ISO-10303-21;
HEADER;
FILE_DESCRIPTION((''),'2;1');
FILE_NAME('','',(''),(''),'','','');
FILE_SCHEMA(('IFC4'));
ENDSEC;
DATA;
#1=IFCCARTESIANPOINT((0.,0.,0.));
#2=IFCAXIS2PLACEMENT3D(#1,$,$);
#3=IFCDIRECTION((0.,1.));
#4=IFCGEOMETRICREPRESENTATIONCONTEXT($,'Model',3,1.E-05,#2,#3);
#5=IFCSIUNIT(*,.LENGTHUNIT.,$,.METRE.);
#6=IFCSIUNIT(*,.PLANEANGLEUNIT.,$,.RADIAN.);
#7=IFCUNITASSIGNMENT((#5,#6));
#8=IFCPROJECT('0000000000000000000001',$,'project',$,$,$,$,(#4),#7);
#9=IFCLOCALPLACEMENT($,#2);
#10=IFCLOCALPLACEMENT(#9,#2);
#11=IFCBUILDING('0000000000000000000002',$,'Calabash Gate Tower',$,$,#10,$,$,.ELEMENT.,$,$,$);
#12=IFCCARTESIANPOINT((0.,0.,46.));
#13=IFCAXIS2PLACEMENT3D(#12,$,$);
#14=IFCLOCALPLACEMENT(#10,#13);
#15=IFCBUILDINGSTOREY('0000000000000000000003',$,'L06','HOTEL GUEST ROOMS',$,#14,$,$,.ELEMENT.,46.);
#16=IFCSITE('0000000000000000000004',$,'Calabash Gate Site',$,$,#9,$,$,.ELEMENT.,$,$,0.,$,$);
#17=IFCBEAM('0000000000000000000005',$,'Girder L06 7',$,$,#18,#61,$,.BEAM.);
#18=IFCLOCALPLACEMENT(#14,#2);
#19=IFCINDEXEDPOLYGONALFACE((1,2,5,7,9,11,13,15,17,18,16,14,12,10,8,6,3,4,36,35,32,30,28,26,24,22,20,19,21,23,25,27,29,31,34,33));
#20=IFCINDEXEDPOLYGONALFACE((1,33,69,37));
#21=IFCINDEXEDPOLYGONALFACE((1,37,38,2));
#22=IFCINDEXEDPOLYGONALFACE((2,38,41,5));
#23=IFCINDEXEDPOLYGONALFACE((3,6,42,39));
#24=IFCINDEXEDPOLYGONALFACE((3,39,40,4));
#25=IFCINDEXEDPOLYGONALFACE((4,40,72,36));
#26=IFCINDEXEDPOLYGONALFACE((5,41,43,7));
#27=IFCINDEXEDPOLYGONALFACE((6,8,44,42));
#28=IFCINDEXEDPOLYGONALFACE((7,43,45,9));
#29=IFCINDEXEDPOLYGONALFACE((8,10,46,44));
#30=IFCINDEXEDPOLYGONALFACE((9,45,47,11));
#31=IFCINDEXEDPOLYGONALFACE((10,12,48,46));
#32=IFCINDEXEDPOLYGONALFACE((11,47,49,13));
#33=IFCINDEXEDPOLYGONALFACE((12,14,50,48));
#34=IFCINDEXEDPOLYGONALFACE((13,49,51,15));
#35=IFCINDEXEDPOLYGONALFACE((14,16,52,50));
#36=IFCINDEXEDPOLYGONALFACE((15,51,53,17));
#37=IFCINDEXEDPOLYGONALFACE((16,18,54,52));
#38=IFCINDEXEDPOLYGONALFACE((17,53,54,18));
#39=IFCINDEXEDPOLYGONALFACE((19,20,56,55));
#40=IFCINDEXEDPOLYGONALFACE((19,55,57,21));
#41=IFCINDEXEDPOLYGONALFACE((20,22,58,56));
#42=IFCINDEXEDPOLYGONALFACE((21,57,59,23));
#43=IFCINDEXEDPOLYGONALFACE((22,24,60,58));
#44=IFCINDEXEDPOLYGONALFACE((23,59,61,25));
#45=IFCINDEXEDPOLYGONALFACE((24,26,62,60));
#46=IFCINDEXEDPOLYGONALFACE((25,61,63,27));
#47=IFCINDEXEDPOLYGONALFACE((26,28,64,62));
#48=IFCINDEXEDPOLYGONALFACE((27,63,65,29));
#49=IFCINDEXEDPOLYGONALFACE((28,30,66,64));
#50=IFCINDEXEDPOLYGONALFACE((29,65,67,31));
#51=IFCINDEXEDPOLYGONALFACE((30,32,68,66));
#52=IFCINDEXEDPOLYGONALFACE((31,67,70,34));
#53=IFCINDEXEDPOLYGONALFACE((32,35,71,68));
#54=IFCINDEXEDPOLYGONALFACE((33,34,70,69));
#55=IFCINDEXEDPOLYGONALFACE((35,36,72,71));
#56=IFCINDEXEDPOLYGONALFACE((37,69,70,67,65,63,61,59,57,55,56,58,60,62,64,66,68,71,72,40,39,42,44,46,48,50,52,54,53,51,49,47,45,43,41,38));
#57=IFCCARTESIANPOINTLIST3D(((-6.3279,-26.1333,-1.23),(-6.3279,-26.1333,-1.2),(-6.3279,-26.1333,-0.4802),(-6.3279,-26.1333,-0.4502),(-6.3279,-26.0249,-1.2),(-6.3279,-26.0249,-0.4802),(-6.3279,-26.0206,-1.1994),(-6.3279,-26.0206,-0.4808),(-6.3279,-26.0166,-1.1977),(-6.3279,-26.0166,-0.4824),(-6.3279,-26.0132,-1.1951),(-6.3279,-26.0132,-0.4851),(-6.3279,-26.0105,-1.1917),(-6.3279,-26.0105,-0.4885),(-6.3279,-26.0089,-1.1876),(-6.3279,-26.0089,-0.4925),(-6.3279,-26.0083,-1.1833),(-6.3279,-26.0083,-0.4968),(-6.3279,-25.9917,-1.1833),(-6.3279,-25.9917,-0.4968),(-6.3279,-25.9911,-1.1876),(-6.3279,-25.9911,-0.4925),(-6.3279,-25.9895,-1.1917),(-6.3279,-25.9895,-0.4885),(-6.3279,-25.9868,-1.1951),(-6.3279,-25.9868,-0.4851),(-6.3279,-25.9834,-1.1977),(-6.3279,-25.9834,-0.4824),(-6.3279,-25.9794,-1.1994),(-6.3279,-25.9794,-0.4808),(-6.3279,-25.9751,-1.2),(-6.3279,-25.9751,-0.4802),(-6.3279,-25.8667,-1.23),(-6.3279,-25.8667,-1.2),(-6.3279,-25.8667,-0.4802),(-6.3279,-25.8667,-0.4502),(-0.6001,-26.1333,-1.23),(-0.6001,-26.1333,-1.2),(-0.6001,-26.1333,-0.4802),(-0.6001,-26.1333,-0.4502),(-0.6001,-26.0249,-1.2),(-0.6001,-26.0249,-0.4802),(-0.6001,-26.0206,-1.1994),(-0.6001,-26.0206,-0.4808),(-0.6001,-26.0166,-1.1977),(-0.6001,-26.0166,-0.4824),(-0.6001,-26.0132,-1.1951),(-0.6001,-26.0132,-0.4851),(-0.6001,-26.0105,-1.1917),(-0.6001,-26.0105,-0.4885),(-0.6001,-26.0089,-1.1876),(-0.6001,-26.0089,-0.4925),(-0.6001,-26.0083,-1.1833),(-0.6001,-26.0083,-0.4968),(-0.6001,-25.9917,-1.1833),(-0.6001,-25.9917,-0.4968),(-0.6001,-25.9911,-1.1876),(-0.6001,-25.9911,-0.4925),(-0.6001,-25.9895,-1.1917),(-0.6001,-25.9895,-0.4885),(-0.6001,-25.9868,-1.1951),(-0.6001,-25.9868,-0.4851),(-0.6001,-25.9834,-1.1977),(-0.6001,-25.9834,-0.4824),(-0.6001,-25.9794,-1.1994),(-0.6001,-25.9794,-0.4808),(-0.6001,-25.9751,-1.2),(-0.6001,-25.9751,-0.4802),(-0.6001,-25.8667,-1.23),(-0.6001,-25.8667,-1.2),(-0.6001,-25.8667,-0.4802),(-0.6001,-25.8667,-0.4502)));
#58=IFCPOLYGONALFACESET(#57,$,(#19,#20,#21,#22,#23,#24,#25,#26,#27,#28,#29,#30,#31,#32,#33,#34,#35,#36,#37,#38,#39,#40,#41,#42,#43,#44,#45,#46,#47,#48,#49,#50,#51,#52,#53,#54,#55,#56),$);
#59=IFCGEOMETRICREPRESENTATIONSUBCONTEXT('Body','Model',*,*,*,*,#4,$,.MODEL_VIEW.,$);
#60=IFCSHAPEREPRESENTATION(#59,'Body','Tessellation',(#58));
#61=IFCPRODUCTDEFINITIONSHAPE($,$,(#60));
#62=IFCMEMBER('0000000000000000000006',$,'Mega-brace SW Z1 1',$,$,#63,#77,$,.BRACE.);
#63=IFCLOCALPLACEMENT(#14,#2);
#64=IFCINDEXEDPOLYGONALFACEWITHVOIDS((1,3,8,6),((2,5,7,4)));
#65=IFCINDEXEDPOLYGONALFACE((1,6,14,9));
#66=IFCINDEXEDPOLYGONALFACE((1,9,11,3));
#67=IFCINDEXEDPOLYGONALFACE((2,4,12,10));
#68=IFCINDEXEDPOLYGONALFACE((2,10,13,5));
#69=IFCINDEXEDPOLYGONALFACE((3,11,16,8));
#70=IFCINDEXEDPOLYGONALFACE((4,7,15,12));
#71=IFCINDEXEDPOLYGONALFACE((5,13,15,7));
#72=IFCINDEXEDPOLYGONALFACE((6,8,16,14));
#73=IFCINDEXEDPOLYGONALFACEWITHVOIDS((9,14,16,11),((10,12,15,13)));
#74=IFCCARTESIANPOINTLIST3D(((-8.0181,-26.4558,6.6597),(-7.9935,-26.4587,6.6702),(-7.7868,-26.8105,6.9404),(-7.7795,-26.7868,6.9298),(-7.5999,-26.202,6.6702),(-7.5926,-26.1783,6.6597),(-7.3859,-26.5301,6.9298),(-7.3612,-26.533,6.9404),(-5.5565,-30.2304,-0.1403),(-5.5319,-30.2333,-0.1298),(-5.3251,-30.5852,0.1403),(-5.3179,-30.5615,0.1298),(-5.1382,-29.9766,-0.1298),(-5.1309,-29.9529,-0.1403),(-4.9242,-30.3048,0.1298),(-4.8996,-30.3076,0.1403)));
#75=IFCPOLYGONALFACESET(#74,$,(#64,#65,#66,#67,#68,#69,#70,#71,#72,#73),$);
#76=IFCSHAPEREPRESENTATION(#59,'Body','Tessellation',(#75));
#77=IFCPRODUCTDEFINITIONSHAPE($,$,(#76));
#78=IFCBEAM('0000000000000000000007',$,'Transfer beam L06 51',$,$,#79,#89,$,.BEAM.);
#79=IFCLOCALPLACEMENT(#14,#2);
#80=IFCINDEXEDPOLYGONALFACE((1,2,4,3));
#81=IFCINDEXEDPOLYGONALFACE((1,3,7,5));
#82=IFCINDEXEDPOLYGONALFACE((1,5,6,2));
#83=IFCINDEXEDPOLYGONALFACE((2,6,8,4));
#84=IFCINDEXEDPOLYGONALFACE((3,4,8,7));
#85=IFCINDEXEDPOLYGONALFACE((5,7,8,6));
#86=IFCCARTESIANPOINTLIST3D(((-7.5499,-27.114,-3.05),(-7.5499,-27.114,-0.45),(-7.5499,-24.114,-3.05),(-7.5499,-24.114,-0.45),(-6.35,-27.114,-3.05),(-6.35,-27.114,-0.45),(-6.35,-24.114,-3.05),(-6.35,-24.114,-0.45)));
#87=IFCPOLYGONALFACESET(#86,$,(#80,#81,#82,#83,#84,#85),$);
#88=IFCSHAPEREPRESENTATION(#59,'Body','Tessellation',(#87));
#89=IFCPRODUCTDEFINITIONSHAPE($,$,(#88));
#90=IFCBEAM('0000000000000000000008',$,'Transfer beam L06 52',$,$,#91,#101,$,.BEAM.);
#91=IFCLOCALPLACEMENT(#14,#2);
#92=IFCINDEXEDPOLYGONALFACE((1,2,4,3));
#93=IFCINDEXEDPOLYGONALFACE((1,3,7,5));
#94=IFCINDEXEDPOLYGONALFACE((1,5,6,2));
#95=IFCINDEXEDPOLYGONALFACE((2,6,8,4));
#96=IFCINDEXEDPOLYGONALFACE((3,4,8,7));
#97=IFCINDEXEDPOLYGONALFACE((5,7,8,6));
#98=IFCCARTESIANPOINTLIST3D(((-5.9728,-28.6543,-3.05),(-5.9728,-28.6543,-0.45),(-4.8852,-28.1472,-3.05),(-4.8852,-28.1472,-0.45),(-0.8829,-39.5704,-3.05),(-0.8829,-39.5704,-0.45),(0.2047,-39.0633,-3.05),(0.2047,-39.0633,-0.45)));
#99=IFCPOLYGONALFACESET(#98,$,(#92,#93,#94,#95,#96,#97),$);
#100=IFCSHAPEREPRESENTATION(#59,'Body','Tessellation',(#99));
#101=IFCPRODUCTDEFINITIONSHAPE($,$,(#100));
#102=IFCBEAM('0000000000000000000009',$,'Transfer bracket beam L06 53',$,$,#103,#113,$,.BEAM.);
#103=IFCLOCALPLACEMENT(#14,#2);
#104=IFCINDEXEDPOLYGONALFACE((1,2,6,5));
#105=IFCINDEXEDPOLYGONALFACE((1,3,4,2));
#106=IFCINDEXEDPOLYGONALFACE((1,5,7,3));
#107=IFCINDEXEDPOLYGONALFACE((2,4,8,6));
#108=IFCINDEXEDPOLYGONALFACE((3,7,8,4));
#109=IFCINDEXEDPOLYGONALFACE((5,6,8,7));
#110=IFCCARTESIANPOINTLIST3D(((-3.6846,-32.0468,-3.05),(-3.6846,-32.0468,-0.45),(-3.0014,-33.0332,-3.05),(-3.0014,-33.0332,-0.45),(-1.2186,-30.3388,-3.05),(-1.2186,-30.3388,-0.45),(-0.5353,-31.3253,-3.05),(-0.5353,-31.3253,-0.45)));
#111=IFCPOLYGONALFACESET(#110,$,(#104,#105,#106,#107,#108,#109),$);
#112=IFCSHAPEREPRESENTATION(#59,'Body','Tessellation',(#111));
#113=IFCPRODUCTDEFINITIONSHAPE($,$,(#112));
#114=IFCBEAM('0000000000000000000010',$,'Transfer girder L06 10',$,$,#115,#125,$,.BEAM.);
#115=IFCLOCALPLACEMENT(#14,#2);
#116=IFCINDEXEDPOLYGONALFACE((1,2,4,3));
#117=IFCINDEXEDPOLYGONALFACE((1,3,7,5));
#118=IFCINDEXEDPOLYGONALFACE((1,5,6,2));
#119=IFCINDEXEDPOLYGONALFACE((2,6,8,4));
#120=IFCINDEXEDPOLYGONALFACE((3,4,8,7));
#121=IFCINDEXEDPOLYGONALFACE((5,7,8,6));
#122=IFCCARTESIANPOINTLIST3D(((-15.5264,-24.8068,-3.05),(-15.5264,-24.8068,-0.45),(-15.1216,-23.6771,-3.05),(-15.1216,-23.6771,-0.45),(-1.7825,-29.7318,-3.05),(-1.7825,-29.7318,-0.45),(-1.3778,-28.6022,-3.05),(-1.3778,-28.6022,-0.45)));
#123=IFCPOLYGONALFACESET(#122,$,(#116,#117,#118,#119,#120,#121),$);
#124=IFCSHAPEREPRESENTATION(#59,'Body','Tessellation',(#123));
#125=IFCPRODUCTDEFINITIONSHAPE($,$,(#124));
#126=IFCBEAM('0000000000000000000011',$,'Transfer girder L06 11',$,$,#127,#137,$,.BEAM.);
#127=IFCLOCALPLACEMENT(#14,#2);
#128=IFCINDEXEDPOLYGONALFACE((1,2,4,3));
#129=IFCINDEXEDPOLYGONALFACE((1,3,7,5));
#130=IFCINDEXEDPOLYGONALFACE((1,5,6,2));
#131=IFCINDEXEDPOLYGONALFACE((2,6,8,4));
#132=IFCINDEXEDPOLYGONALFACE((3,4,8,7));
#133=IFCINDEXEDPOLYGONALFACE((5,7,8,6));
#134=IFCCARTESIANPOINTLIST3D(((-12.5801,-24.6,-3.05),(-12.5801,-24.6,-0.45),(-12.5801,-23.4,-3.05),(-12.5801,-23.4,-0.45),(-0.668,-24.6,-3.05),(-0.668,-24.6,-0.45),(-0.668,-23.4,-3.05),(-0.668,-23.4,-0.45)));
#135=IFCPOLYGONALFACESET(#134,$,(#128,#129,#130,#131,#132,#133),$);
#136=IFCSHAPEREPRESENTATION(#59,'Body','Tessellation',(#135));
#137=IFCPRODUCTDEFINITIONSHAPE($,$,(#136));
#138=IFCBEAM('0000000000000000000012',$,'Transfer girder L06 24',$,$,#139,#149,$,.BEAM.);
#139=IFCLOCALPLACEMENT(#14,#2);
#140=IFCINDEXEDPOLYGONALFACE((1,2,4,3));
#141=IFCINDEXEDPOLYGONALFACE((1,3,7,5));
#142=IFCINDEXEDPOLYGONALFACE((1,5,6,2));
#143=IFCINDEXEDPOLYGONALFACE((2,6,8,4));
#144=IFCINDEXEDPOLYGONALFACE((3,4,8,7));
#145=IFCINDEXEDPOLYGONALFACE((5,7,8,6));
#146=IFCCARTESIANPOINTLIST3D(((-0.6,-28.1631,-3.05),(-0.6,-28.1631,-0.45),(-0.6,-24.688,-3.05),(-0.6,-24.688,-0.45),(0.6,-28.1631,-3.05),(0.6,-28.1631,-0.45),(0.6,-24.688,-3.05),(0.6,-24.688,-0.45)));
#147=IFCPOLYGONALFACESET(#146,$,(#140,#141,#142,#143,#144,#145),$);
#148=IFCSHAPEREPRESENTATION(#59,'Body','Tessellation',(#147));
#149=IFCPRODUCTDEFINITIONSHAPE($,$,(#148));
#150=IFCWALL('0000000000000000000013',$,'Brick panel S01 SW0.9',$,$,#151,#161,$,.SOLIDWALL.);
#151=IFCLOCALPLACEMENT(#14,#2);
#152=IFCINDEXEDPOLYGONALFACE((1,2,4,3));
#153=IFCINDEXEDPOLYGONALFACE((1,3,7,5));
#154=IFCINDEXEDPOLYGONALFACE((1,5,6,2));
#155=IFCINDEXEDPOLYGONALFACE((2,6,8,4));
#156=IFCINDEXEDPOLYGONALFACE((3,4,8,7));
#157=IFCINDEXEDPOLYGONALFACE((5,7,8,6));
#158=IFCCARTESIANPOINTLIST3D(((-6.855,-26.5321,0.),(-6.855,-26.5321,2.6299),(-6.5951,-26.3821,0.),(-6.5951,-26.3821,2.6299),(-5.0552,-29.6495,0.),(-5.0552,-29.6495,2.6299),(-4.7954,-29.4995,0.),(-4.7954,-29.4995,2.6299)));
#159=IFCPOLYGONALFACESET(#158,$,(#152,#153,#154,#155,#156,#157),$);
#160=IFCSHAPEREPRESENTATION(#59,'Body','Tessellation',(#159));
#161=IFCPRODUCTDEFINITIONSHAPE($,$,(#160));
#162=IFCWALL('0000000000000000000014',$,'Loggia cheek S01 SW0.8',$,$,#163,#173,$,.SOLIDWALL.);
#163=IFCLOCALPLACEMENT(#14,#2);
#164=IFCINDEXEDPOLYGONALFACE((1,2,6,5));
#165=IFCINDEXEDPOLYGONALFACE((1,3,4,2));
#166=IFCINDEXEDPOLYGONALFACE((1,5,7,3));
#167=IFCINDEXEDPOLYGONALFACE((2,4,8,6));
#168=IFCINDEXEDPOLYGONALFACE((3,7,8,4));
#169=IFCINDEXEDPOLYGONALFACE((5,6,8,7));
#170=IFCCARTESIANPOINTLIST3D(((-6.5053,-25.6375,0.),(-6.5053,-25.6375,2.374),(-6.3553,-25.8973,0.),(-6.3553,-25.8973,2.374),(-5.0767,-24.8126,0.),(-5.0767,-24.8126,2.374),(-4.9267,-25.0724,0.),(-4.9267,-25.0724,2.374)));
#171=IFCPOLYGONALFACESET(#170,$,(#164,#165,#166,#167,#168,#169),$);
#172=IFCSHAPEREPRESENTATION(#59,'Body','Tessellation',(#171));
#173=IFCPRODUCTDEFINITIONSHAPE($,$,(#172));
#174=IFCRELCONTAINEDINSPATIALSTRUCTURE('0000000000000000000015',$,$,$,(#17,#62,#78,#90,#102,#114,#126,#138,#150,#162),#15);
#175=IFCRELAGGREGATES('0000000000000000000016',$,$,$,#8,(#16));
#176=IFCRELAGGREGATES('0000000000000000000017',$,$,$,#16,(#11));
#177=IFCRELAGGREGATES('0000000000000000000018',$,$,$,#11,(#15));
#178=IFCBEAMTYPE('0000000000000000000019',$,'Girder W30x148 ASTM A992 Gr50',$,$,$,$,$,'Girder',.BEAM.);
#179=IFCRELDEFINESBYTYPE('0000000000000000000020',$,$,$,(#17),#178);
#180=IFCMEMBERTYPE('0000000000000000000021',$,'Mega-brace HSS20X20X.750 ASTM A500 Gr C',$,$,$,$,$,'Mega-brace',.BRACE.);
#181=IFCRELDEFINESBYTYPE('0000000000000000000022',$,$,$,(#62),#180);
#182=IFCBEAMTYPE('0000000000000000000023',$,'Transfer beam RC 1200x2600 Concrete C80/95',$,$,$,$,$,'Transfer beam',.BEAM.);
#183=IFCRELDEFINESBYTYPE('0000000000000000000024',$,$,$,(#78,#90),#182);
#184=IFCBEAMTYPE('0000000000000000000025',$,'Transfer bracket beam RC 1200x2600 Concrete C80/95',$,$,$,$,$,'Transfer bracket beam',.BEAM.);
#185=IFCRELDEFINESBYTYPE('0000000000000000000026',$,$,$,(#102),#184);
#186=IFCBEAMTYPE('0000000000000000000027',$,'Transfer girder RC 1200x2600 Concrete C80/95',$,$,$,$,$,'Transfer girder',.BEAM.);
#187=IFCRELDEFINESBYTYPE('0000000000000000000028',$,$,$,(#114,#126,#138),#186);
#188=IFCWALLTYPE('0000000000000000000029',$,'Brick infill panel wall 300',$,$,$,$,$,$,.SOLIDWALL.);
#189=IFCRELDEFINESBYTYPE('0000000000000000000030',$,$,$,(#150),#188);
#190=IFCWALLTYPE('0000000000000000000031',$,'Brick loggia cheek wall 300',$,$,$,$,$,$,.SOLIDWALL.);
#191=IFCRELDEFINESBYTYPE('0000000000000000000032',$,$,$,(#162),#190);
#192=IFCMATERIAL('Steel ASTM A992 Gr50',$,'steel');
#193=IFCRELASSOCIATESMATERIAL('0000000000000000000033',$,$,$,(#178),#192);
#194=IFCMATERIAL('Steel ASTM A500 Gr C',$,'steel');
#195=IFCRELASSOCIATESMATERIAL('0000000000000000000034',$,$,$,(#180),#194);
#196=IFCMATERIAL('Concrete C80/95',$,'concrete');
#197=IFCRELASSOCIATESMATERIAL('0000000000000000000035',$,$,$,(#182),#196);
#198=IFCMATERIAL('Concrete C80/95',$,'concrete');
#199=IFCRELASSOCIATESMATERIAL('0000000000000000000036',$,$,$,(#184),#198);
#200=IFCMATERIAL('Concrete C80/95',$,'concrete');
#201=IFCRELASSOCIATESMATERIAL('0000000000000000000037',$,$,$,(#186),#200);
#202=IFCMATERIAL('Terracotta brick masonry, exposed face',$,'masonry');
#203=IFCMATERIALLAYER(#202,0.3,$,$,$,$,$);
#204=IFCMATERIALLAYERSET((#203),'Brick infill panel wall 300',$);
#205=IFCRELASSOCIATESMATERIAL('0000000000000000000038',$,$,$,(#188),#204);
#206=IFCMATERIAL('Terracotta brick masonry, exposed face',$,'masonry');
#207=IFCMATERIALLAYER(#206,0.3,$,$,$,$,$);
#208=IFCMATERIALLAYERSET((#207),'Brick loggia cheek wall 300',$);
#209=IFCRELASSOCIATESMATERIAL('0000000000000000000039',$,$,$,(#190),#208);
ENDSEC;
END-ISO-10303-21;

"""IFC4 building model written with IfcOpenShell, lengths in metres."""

from ifc_helpers import new_model, si_unit, direction, frame, frame_2d, origin, origin_2d, place, context, subcontext, project, spatial, rectangle, hollow_rectangle, i_section, extrude, material, layer, layer_set, material_profile, profile_set, type_object, element, save


model = new_model("IFC4")

# Units and contexts
model_context = context("Model", 3, precision=1e-05, world=origin(), true_north=direction((0.0, 1.0)))
body_context = subcontext(model_context, "Body", "Model", "MODEL_VIEW")
ifc_project = project(units=[si_unit("LENGTHUNIT", "METRE"), si_unit("PLANEANGLEUNIT", "RADIAN")], contexts=[model_context])

# Site, building, storey
site_placement = place(None, origin())
site = spatial("IfcSite", under=ifc_project, at=site_placement, Name="Calabash Gate Site", CompositionType="ELEMENT", RefElevation=0.0)
building_placement = place(site_placement, origin())
building = spatial("IfcBuilding", under=site, at=building_placement, Name="Calabash Gate Tower", CompositionType="ELEMENT")
storey_placement = place(building_placement, frame((0.0, 0.0, 46.0)))
storey = spatial("IfcBuildingStorey", under=building, at=storey_placement, Name="L06", Description="HOTEL GUEST ROOMS", CompositionType="ELEMENT", Elevation=46.0)

# Beam
ifc_material_1 = material(Name="Steel ASTM A992 Gr50", Category="steel")
ifc_material_profile_1 = material_profile(ifc_material_1, i_section(OverallWidth=0.2666, OverallDepth=0.7798, WebThickness=0.0166, FlangeThickness=0.03, FilletRadius=0.0166, at=origin_2d()))
ifc_profile_set_1 = profile_set([ifc_material_profile_1], Name="Steel ASTM A992 Gr50")
beam_type_1 = type_object("IfcBeamType", Name="Girder W30x148 ASTM A992 Gr50", ElementType="Girder", PredefinedType="BEAM", material=ifc_profile_set_1)
beam_1_placement = place(storey_placement, frame((-6.3279, -26.0, -0.8401), z_axis=(1.0, 0.0, 0.0), x_axis=(0.0, 1.0, 0.0)))
element("IfcBeam", 1, at=beam_1_placement, inside=storey, type_object=beam_type_1, Name="Girder L06 7", PredefinedType="BEAM", context=body_context, shape_type="SweptSolid", body=[
    extrude(i_section(OverallWidth=0.2666, OverallDepth=0.7798, WebThickness=0.0166, FlangeThickness=0.03, FilletRadius=0.0166, at=origin_2d()), origin(), (0.0, 0.0, 1.0), 5.7278),
])

# Member
ifc_material_2 = material(Name="Steel ASTM A500 Gr C", Category="steel")
ifc_material_profile_2 = material_profile(ifc_material_2, hollow_rectangle(XDim=0.5081, YDim=0.5081, WallThickness=0.019, at=origin_2d()))
ifc_profile_set_2 = profile_set([ifc_material_profile_2], Name="Steel ASTM A500 Gr C")
member_type = type_object("IfcMemberType", Name="Mega-brace HSS20X20X.750 ASTM A500 Gr C", ElementType="Mega-brace", PredefinedType="BRACE", material=ifc_profile_set_2)
member_placement = place(storey_placement, frame((-5.228, -30.269, 0.0), z_axis=(-0.301759, 0.462709, 0.833571), x_axis=(-0.837617, -0.546258, 0.0)))
element("IfcMember", 2, at=member_placement, inside=storey, type_object=member_type, Name="Mega-brace SW Z1 1", PredefinedType="BRACE", context=body_context, shape_type="SweptSolid", body=[
    extrude(hollow_rectangle(XDim=0.5081, YDim=0.5081, WallThickness=0.019, at=origin_2d()), origin(), (0.0, 0.0, 1.0), 8.1577),
])

# Beams
ifc_material_3 = material(Name="Concrete C80/95", Category="concrete")
ifc_material_profile_3 = material_profile(ifc_material_3, rectangle(XDim=1.2, YDim=2.6001, at=origin_2d()))
ifc_profile_set_3 = profile_set([ifc_material_profile_3], Name="Concrete C80/95")
beam_type_2 = type_object("IfcBeamType", Name="Transfer beam RC 1200x2600 Concrete C80/95", ElementType="Transfer beam", PredefinedType="BEAM", material=ifc_profile_set_3)
beam_2_placement = place(storey_placement, frame((-6.95, -27.114, -1.75), z_axis=(0.0, 1.0, 0.0), x_axis=(-1.0, 0.0, 0.0)))
element("IfcBeam", 3, at=beam_2_placement, inside=storey, type_object=beam_type_2, Name="Transfer beam L06 51", PredefinedType="BEAM", context=body_context, shape_type="SweptSolid", body=[
    extrude(rectangle(XDim=1.2, YDim=2.6001, at=origin_2d()), origin(), (0.0, 0.0, 1.0), 3.0),
])
beam_3_placement = place(storey_placement, frame((-0.3391, -39.3169, -1.75), z_axis=(-0.422592, 0.90632, 0.0), x_axis=(-0.90632, -0.422592, 0.0)))
element("IfcBeam", 4, at=beam_3_placement, inside=storey, type_object=beam_type_2, Name="Transfer beam L06 52", PredefinedType="BEAM", context=body_context, shape_type="SweptSolid", body=[
    extrude(rectangle(XDim=1.2, YDim=2.6001, at=origin_2d()), origin(), (0.0, 0.0, 1.0), 12.0444),
])
ifc_material_4 = material(Name="Concrete C80/95", Category="concrete")
ifc_material_profile_4 = material_profile(ifc_material_4, rectangle(XDim=1.2, YDim=2.6001, at=origin_2d()))
ifc_profile_set_4 = profile_set([ifc_material_profile_4], Name="Concrete C80/95")
beam_type_3 = type_object("IfcBeamType", Name="Transfer bracket beam RC 1200x2600 Concrete C80/95", ElementType="Transfer bracket beam", PredefinedType="BEAM", material=ifc_profile_set_4)
beam_4_placement = place(storey_placement, frame((-0.877, -30.832, -1.75), z_axis=(-0.822078, -0.569375, 0.0), x_axis=(0.569375, -0.822078, 0.0)))
element("IfcBeam", 5, at=beam_4_placement, inside=storey, type_object=beam_type_3, Name="Transfer bracket beam L06 53", PredefinedType="BEAM", context=body_context, shape_type="SweptSolid", body=[
    extrude(rectangle(XDim=1.2, YDim=2.6001, at=origin_2d()), origin(), (0.0, 0.0, 1.0), 2.9998),
])
ifc_material_5 = material(Name="Concrete C80/95", Category="concrete")
ifc_material_profile_5 = material_profile(ifc_material_5, rectangle(XDim=1.2, YDim=2.6001, at=origin_2d()))
ifc_profile_set_5 = profile_set([ifc_material_profile_5], Name="Concrete C80/95")
beam_type_4 = type_object("IfcBeamType", Name="Transfer girder RC 1200x2600 Concrete C80/95", ElementType="Transfer girder", PredefinedType="BEAM", material=ifc_profile_set_5)
beam_5_placement = place(storey_placement, frame((-15.324, -24.2419, -1.75), z_axis=(0.941383, -0.337339, 0.0), x_axis=(0.337339, 0.941383, 0.0)))
element("IfcBeam", 6, at=beam_5_placement, inside=storey, type_object=beam_type_4, Name="Transfer girder L06 10", PredefinedType="BEAM", context=body_context, shape_type="SweptSolid", body=[
    extrude(rectangle(XDim=1.2, YDim=2.6001, at=origin_2d()), origin(), (0.0, 0.0, 1.0), 14.5996),
])
beam_6_placement = place(storey_placement, frame((-12.5801, -24.0, -1.75), z_axis=(1.0, 0.0, 0.0), x_axis=(0.0, 1.0, 0.0)))
element("IfcBeam", 7, at=beam_6_placement, inside=storey, type_object=beam_type_4, Name="Transfer girder L06 11", PredefinedType="BEAM", context=body_context, shape_type="SweptSolid", body=[
    extrude(rectangle(XDim=1.2, YDim=2.6001, at=origin_2d()), origin(), (0.0, 0.0, 1.0), 11.9121),
])
beam_7_placement = place(storey_placement, frame((0.0, -28.1631, -1.75), z_axis=(0.0, 1.0, 0.0), x_axis=(-1.0, 0.0, 0.0)))
element("IfcBeam", 8, at=beam_7_placement, inside=storey, type_object=beam_type_4, Name="Transfer girder L06 24", PredefinedType="BEAM", context=body_context, shape_type="SweptSolid", body=[
    extrude(rectangle(XDim=1.2, YDim=2.6001, at=origin_2d()), origin(), (0.0, 0.0, 1.0), 3.4751),
])

# Walls
ifc_material_6 = material(Name="Terracotta brick masonry, exposed face", Category="masonry")
ifc_layer_1 = layer(ifc_material_6, 0.3)
ifc_layer_set_1 = layer_set([ifc_layer_1], Name="Brick infill panel wall 300")
wall_type_1 = type_object("IfcWallType", Name="Brick infill panel wall 300", PredefinedType="SOLIDWALL", material=ifc_layer_set_1)
wall_1_placement = place(storey_placement, frame((-4.9253, -29.5745, 0.0), z_axis=(0.0, 0.0, 1.0), x_axis=(-0.499991, 0.866031, 0.0)))
element("IfcWall", 9, at=wall_1_placement, inside=storey, type_object=wall_type_1, Name="Brick panel S01 SW0.9", PredefinedType="SOLIDWALL", context=body_context, shape_type="SweptSolid", body=[
    extrude(rectangle(XDim=3.5996, YDim=0.3, at=frame_2d((1.7998, 0.0))), origin(), (0.0, 0.0, 1.0), 2.6299),
])
ifc_material_7 = material(Name="Terracotta brick masonry, exposed face", Category="masonry")
ifc_layer_2 = layer(ifc_material_7, 0.3)
ifc_layer_set_2 = layer_set([ifc_layer_2], Name="Brick loggia cheek wall 300")
wall_type_2 = type_object("IfcWallType", Name="Brick loggia cheek wall 300", PredefinedType="SOLIDWALL", material=ifc_layer_set_2)
wall_2_placement = place(storey_placement, frame((-6.4302, -25.7673, 0.0), z_axis=(0.0, 0.0, 1.0), x_axis=(0.866003, 0.500038, 0.0)))
element("IfcWall", 10, at=wall_2_placement, inside=storey, type_object=wall_type_2, Name="Loggia cheek S01 SW0.8", PredefinedType="SOLIDWALL", context=body_context, shape_type="SweptSolid", body=[
    extrude(rectangle(XDim=1.6497, YDim=0.3, at=frame_2d((0.8247, 0.0))), origin(), (0.0, 0.0, 1.0), 2.374),
])

save(model, "model.ifc")
